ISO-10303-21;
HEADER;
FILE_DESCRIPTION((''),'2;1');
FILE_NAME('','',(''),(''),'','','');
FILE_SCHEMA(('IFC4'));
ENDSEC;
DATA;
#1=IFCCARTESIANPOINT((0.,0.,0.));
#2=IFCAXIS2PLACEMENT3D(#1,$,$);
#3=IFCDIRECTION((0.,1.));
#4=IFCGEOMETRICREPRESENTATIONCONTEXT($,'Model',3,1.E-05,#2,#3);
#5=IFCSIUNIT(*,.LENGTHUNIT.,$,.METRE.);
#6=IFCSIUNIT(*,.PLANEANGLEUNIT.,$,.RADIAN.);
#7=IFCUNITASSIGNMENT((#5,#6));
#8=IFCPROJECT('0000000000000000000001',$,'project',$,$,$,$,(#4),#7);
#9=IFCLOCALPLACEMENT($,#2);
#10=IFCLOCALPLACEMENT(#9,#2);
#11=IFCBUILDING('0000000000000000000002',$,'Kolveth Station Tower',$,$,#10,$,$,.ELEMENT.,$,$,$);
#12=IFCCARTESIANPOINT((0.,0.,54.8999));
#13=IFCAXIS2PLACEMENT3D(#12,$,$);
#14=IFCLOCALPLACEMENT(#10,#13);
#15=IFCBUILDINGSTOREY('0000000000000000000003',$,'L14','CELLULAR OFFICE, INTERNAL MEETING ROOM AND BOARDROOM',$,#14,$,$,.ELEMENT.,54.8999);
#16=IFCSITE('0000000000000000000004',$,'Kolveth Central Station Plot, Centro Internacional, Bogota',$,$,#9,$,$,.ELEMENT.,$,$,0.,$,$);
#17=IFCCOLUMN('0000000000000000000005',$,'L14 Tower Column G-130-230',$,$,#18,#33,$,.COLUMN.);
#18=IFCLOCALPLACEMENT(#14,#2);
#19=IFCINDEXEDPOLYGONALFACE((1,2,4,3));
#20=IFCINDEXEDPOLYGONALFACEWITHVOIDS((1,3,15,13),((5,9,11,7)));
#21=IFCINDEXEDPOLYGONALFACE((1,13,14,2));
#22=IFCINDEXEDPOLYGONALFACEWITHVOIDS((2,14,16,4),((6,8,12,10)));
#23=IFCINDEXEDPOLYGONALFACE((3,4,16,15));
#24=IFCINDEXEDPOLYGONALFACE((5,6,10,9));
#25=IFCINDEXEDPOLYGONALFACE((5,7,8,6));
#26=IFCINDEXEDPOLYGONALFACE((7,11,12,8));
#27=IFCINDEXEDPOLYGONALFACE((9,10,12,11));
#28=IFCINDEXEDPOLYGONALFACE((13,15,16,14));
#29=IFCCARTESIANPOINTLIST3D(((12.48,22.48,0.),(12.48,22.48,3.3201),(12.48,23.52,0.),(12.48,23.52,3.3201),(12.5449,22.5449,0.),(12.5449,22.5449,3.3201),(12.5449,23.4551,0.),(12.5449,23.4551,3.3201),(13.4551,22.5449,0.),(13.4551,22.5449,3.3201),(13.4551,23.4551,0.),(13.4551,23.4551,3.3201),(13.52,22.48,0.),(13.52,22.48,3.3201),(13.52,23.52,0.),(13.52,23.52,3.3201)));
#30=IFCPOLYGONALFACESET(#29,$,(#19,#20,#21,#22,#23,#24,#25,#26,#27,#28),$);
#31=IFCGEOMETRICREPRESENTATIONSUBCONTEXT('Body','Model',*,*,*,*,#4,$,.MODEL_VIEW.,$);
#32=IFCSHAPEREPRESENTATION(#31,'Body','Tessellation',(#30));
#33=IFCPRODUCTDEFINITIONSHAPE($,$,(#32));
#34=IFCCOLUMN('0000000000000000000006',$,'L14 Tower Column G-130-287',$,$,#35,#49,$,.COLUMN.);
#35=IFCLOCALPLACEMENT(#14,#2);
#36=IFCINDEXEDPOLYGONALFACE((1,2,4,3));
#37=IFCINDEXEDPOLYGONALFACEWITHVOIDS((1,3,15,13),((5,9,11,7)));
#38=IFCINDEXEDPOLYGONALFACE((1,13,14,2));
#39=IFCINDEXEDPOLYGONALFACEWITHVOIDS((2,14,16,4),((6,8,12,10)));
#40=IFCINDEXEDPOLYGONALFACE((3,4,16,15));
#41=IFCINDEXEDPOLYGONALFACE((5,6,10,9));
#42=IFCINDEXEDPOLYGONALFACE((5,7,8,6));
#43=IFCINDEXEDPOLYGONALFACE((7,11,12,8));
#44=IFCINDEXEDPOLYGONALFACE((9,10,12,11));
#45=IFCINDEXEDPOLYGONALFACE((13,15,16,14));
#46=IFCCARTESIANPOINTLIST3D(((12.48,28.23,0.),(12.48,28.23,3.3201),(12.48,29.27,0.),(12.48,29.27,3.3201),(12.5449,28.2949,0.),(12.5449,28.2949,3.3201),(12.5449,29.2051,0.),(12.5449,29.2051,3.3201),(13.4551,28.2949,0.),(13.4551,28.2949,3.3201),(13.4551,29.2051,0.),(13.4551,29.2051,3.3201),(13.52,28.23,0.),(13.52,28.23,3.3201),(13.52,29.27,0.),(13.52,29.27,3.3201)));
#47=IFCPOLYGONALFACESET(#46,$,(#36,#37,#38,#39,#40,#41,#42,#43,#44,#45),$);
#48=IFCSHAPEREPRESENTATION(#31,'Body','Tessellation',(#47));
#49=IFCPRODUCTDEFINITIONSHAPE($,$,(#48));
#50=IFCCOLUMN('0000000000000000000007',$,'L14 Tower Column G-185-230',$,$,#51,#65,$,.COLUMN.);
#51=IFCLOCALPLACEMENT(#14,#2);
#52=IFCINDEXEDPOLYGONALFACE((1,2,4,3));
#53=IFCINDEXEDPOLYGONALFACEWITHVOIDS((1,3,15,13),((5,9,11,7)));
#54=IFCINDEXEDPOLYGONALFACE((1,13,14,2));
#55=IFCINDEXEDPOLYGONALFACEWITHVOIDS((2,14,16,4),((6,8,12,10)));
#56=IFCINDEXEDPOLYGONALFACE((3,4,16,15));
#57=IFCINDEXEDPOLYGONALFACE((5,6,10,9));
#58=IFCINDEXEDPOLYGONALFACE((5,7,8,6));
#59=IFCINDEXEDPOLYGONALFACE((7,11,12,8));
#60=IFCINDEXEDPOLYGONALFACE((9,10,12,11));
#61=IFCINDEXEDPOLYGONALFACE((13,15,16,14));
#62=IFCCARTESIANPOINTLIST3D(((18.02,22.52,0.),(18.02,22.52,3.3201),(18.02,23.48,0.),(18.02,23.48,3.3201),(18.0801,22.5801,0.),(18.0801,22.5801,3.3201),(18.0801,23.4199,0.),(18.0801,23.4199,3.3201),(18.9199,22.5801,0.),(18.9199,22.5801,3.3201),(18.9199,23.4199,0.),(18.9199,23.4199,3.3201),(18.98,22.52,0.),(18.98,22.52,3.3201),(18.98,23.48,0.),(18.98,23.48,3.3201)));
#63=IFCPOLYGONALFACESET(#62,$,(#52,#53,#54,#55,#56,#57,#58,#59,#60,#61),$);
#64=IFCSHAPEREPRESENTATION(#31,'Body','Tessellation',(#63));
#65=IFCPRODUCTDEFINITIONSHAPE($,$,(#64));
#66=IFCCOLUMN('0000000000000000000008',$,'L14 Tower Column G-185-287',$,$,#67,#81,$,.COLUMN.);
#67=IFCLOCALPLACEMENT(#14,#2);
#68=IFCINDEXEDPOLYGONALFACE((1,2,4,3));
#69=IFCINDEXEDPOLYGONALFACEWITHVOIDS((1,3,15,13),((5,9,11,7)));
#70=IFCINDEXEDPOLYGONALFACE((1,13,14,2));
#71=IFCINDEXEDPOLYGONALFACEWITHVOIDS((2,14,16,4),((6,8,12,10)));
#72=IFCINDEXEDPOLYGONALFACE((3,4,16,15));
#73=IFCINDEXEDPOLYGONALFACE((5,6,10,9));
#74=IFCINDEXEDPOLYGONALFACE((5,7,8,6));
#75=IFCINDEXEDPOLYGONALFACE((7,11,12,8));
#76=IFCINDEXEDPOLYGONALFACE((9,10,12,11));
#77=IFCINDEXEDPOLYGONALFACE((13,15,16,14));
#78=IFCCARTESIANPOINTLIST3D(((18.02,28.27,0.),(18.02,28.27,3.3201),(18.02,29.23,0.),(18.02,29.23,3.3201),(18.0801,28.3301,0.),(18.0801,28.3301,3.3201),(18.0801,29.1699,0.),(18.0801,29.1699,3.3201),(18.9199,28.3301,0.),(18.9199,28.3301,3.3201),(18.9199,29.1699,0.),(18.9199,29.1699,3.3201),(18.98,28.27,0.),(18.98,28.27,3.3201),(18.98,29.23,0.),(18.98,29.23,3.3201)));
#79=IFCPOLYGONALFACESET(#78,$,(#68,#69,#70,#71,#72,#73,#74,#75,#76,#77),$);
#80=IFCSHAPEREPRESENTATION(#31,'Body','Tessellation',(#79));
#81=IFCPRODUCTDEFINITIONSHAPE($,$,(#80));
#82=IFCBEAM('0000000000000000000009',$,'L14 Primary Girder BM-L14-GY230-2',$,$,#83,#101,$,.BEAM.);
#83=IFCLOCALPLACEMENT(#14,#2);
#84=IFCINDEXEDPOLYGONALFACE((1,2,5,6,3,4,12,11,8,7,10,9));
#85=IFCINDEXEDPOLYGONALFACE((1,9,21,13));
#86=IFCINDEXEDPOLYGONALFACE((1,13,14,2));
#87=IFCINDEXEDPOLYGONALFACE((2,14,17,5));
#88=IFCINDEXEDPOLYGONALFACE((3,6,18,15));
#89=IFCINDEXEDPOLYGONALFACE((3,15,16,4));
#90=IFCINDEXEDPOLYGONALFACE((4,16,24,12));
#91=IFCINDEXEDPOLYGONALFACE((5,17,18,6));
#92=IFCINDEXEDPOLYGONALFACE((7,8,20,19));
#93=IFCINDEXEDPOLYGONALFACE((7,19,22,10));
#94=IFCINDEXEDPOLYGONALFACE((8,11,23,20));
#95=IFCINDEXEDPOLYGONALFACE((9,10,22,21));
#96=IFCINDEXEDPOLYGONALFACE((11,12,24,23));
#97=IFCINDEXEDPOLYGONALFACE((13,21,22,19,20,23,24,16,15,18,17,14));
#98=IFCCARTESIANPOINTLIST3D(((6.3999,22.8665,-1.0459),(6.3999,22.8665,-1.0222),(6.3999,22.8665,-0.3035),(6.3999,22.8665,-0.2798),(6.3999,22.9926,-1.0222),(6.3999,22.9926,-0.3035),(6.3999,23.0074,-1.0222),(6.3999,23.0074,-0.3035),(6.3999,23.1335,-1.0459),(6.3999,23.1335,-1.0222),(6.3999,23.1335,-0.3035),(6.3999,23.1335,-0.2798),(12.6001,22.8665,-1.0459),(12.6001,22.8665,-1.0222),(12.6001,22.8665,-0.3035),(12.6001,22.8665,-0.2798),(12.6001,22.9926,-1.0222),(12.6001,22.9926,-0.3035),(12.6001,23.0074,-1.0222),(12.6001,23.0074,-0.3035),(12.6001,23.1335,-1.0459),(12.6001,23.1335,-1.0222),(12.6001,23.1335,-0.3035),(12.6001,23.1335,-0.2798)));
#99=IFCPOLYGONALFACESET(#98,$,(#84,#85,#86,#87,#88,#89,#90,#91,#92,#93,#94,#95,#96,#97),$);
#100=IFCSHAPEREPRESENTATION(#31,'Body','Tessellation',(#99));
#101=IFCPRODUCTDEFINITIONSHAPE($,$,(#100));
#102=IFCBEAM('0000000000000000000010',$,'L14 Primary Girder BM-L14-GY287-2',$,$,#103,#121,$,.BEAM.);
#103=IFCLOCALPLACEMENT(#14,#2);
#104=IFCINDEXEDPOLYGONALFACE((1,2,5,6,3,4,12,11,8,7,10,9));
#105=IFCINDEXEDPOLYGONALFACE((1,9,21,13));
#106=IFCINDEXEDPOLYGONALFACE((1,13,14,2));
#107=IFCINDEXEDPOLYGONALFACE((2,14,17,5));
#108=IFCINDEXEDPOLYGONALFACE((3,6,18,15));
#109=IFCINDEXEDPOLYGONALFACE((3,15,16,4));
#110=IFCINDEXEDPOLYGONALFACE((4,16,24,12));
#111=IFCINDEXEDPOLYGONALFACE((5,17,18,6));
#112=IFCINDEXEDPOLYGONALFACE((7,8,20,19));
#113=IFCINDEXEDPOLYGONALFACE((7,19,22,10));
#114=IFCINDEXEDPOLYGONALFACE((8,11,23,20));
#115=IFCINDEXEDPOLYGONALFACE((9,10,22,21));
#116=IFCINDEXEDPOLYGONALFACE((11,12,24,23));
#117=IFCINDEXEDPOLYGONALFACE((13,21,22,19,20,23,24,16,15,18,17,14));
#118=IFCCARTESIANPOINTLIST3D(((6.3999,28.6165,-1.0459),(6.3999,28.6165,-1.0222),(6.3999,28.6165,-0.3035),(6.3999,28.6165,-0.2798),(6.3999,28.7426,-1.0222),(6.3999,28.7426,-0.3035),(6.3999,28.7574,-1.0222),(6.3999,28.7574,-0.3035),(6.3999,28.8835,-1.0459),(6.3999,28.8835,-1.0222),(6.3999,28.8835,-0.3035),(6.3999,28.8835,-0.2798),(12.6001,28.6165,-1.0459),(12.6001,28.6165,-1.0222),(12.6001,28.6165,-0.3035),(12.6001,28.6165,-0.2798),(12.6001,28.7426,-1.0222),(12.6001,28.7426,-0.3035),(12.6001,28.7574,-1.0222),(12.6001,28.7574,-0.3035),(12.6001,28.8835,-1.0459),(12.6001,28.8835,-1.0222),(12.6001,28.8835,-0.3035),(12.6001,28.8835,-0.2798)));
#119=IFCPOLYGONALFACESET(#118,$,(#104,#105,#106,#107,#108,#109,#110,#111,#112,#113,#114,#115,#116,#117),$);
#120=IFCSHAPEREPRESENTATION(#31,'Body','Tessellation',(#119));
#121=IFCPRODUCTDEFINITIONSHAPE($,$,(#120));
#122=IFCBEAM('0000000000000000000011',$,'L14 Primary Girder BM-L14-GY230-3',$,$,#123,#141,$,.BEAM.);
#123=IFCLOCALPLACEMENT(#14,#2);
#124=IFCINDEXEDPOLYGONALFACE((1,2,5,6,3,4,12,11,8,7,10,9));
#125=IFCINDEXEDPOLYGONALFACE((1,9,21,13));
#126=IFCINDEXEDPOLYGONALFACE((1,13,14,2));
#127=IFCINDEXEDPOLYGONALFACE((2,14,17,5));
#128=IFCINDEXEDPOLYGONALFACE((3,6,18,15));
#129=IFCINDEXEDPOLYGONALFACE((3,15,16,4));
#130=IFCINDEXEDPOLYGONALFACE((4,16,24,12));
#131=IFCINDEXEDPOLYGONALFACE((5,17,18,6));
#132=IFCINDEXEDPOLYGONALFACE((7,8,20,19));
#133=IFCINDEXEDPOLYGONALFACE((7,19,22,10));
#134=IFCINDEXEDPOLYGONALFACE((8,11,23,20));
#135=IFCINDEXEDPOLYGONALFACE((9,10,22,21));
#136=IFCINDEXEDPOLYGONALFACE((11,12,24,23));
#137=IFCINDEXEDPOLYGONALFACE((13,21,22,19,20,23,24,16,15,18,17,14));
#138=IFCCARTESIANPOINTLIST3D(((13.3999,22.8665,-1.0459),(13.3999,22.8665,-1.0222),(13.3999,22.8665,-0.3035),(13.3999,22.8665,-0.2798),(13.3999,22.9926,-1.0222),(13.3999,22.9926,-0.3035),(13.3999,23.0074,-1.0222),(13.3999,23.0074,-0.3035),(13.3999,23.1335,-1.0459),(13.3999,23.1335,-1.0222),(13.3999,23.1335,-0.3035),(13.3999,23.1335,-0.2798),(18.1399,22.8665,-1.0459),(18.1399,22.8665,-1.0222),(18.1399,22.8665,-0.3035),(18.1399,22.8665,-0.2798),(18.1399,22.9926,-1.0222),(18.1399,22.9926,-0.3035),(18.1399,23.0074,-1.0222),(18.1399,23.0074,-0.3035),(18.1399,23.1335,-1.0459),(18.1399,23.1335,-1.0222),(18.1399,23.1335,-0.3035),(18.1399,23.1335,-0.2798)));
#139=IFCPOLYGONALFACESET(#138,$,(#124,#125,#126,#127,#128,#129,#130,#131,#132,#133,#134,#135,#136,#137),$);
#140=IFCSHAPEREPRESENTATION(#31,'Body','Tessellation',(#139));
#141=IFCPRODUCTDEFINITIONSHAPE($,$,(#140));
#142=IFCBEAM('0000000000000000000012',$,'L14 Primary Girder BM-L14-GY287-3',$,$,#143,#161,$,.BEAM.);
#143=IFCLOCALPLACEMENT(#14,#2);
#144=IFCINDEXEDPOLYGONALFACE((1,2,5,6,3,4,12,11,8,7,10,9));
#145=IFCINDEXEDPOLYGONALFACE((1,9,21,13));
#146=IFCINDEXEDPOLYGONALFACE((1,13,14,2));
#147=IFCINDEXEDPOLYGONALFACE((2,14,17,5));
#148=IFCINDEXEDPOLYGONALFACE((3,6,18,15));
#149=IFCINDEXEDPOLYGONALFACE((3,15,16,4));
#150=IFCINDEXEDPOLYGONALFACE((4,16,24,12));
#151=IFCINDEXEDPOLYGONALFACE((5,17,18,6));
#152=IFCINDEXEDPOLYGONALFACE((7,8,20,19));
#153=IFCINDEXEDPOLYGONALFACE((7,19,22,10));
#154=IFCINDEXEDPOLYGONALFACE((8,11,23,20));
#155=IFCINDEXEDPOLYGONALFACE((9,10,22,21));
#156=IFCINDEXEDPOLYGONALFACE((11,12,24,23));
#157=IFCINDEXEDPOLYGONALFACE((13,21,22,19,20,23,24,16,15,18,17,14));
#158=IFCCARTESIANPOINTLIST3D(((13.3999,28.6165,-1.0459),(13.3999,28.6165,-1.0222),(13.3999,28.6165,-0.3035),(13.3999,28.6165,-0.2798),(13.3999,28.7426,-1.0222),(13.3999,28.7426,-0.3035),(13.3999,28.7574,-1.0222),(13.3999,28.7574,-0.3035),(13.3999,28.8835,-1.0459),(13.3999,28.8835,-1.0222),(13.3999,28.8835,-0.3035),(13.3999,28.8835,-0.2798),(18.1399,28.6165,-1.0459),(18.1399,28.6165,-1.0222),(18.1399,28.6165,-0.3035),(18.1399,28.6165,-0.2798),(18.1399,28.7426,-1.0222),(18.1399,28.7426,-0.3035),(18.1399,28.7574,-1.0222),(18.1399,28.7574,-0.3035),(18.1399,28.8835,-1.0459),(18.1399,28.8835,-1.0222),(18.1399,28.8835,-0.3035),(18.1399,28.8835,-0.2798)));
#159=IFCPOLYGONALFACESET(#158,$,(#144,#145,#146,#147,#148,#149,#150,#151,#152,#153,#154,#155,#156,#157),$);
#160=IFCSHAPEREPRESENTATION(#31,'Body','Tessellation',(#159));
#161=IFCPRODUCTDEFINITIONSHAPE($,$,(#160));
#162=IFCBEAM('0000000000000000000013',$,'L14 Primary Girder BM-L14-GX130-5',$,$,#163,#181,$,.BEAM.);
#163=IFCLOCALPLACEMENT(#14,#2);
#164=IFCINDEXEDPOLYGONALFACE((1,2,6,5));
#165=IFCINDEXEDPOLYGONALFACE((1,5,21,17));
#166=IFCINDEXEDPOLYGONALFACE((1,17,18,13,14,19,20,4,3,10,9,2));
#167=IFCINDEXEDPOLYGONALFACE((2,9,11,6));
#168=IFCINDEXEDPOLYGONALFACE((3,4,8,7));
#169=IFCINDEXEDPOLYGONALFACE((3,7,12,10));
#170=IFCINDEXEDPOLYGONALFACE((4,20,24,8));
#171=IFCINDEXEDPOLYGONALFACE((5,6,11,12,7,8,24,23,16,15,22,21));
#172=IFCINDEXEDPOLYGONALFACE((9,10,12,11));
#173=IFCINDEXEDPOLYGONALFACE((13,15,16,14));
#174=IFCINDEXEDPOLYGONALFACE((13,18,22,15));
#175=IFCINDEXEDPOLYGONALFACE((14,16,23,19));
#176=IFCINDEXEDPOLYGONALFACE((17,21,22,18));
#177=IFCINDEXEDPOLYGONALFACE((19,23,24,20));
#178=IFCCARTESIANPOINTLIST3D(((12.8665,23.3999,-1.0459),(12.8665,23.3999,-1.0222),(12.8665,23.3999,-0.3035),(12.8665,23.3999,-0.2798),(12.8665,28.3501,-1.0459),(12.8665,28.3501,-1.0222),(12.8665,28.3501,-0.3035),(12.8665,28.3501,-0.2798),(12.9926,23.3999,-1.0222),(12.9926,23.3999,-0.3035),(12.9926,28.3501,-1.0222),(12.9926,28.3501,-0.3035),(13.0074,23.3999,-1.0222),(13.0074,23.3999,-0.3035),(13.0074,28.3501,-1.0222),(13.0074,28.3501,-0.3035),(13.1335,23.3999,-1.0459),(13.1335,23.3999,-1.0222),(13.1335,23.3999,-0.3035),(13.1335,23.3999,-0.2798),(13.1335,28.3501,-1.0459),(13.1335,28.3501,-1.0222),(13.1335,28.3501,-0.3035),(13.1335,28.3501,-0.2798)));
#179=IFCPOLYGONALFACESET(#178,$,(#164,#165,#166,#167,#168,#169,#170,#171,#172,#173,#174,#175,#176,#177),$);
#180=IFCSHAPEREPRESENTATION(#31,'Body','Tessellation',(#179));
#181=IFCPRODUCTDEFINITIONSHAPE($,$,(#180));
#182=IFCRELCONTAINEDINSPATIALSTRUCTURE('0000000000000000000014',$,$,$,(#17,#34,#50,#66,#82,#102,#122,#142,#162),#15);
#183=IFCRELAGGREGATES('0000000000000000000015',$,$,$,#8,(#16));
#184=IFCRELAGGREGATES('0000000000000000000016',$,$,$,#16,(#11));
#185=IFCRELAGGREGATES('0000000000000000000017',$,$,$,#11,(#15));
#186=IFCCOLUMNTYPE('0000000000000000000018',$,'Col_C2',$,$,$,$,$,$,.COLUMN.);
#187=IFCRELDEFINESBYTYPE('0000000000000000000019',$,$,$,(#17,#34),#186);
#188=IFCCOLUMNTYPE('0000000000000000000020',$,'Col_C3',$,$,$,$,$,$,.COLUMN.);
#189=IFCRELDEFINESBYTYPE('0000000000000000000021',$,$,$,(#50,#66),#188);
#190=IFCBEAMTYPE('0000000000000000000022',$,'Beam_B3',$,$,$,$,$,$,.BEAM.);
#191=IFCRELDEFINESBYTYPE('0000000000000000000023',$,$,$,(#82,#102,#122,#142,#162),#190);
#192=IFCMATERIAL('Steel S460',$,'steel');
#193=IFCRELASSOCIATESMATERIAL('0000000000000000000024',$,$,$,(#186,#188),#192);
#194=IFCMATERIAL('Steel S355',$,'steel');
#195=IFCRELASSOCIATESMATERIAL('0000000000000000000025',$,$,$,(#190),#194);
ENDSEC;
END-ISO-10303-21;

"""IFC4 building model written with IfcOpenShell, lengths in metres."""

from ifc_helpers import new_model, si_unit, direction, frame, origin, origin_2d, place, context, subcontext, project, spatial, hollow_rectangle, i_section, extrude, source, transform, mapped, material, material_profile, profile_set, type_object, element, save


model = new_model("IFC4")

# Units and contexts
model_context = context("Model", 3, precision=1e-05, world=origin(), true_north=direction((0.0, 1.0)))
body_context = subcontext(model_context, "Body", "Model", "MODEL_VIEW")
ifc_project = project(units=[si_unit("LENGTHUNIT", "METRE"), si_unit("PLANEANGLEUNIT", "RADIAN")], contexts=[model_context])

# Site, building, storey
site_placement = place(None, origin())
site = spatial("IfcSite", under=ifc_project, at=site_placement, Name="Kolveth Central Station Plot, Centro Internacional, Bogota", CompositionType="ELEMENT", RefElevation=0.0)
building_placement = place(site_placement, origin())
building = spatial("IfcBuilding", under=site, at=building_placement, Name="Kolveth Station Tower", CompositionType="ELEMENT")
storey_placement = place(building_placement, frame((0.0, 0.0, 54.8999)))
storey = spatial("IfcBuildingStorey", under=building, at=storey_placement, Name="L14", Description="CELLULAR OFFICE, INTERNAL MEETING ROOM AND BOARDROOM", CompositionType="ELEMENT", Elevation=54.8999)

# Columns
ifc_material_1 = material(Name="Steel S460", Category="steel")
ifc_material_profile_1 = material_profile(ifc_material_1, hollow_rectangle(XDim=1.04, YDim=1.04, WallThickness=0.0649, at=origin_2d()), Name="BOX1040x1040x65")
ifc_profile_set_1 = profile_set([ifc_material_profile_1], Name="Steel S460")
column_type_1 = type_object("IfcColumnType", Name="Col_C2", PredefinedType="COLUMN", material=ifc_profile_set_1)
shared_shape_1 = source(origin(), body_context, "Body", "SweptSolid", [
    extrude(hollow_rectangle(XDim=1.04, YDim=1.04, WallThickness=0.0649, at=origin_2d()), origin(), (0.0, 0.0, 1.0), 3.3201),
])
for number, where, z_axis, x_axis, name in (
    (1, (13.0, 23.0, 0.0), (0.0, 0.0, 1.0), (1.0, 0.0, 0.0), "L14 Tower Column G-130-230"),
    (2, (13.0, 28.75, 0.0), (0.0, 0.0, 1.0), (1.0, 0.0, 0.0), "L14 Tower Column G-130-287"),
):
    element("IfcColumn", number, at=place(storey_placement, frame(where, z_axis=z_axis, x_axis=x_axis)), inside=storey, type_object=column_type_1, Name=name, PredefinedType="COLUMN", context=body_context, shape_type="MappedRepresentation", body=[
        mapped(shared_shape_1, transform((0.0, 0.0, 0.0), x_axis=(1.0, 0.0, 0.0), y_axis=(0.0, 1.0, 0.0), z_axis=(0.0, 0.0, 1.0), scale=1.0)),
    ])
ifc_material_profile_2 = material_profile(ifc_material_1, hollow_rectangle(XDim=0.96, YDim=0.96, WallThickness=0.0601, at=origin_2d()), Name="BOX960x960x60")
ifc_profile_set_2 = profile_set([ifc_material_profile_2], Name="Steel S460")
column_type_2 = type_object("IfcColumnType", Name="Col_C3", PredefinedType="COLUMN", material=ifc_profile_set_2)
shared_shape_2 = source(origin(), body_context, "Body", "SweptSolid", [
    extrude(hollow_rectangle(XDim=0.96, YDim=0.96, WallThickness=0.0601, at=origin_2d()), origin(), (0.0, 0.0, 1.0), 3.3201),
])
for number, where, z_axis, x_axis, name in (
    (3, (18.5, 23.0, 0.0), (0.0, 0.0, 1.0), (1.0, 0.0, 0.0), "L14 Tower Column G-185-230"),
    (4, (18.5, 28.75, 0.0), (0.0, 0.0, 1.0), (1.0, 0.0, 0.0), "L14 Tower Column G-185-287"),
):
    element("IfcColumn", number, at=place(storey_placement, frame(where, z_axis=z_axis, x_axis=x_axis)), inside=storey, type_object=column_type_2, Name=name, PredefinedType="COLUMN", context=body_context, shape_type="MappedRepresentation", body=[
        mapped(shared_shape_2, transform((0.0, 0.0, 0.0), x_axis=(1.0, 0.0, 0.0), y_axis=(0.0, 1.0, 0.0), z_axis=(0.0, 0.0, 1.0), scale=1.0)),
    ])

# Beams
ifc_material_2 = material(Name="Steel S355", Category="steel")
ifc_material_profile_3 = material_profile(ifc_material_2, i_section(OverallWidth=0.2671, OverallDepth=0.7661, WebThickness=0.0149, FlangeThickness=0.0237, at=origin_2d()), Name="W760x185")
ifc_profile_set_3 = profile_set([ifc_material_profile_3], Name="Steel S355")
beam_type_1 = type_object("IfcBeamType", Name="Beam_B3", PredefinedType="BEAM", material=ifc_profile_set_3)
shared_shape_3 = source(origin(), body_context, "Body", "SweptSolid", [
    extrude(i_section(OverallWidth=0.2671, OverallDepth=0.7661, WebThickness=0.0149, FlangeThickness=0.0237, at=origin_2d()), origin(), (0.0, 0.0, 1.0), 6.2002),
])
for number, where, z_axis, x_axis, name in (
    (5, (6.3999, 23.0, -0.6628), (1.0, 0.0, 0.0), (0.0, 1.0, 0.0), "L14 Primary Girder BM-L14-GY230-2"),
    (6, (6.3999, 28.75, -0.6628), (1.0, 0.0, 0.0), (0.0, 1.0, 0.0), "L14 Primary Girder BM-L14-GY287-2"),
):
    element("IfcBeam", number, at=place(storey_placement, frame(where, z_axis=z_axis, x_axis=x_axis)), inside=storey, type_object=beam_type_1, Name=name, PredefinedType="BEAM", context=body_context, shape_type="MappedRepresentation", body=[
        mapped(shared_shape_3, transform((0.0, 0.0, 0.0), x_axis=(1.0, 0.0, 0.0), y_axis=(0.0, 1.0, 0.0), z_axis=(0.0, 0.0, 1.0), scale=1.0)),
    ])
shared_shape_4 = source(origin(), body_context, "Body", "SweptSolid", [
    extrude(i_section(OverallWidth=0.2671, OverallDepth=0.7661, WebThickness=0.0149, FlangeThickness=0.0237, at=origin_2d()), origin(), (0.0, 0.0, 1.0), 4.74),
])
for number, where, z_axis, x_axis, name in (
    (7, (13.3999, 23.0, -0.6628), (1.0, 0.0, 0.0), (0.0, 1.0, 0.0), "L14 Primary Girder BM-L14-GY230-3"),
    (8, (13.3999, 28.75, -0.6628), (1.0, 0.0, 0.0), (0.0, 1.0, 0.0), "L14 Primary Girder BM-L14-GY287-3"),
):
    element("IfcBeam", number, at=place(storey_placement, frame(where, z_axis=z_axis, x_axis=x_axis)), inside=storey, type_object=beam_type_1, Name=name, PredefinedType="BEAM", context=body_context, shape_type="MappedRepresentation", body=[
        mapped(shared_shape_4, transform((0.0, 0.0, 0.0), x_axis=(1.0, 0.0, 0.0), y_axis=(0.0, 1.0, 0.0), z_axis=(0.0, 0.0, 1.0), scale=1.0)),
    ])
shared_shape_5 = source(origin(), body_context, "Body", "SweptSolid", [
    extrude(i_section(OverallWidth=0.2671, OverallDepth=0.7661, WebThickness=0.0149, FlangeThickness=0.0237, at=origin_2d()), origin(), (0.0, 0.0, 1.0), 4.9502),
])
beam_1_placement = place(storey_placement, frame((13.0, 23.3999, -0.6628), z_axis=(0.0, 1.0, 0.0), x_axis=(-1.0, 0.0, 0.0)))
element("IfcBeam", 9, at=beam_1_placement, inside=storey, type_object=beam_type_1, Name="L14 Primary Girder BM-L14-GX130-5", PredefinedType="BEAM", context=body_context, shape_type="MappedRepresentation", body=[
    mapped(shared_shape_5, transform((0.0, 0.0, 0.0), x_axis=(1.0, 0.0, 0.0), y_axis=(0.0, 1.0, 0.0), z_axis=(0.0, 0.0, 1.0), scale=1.0)),
])

save(model, "model.ifc")
